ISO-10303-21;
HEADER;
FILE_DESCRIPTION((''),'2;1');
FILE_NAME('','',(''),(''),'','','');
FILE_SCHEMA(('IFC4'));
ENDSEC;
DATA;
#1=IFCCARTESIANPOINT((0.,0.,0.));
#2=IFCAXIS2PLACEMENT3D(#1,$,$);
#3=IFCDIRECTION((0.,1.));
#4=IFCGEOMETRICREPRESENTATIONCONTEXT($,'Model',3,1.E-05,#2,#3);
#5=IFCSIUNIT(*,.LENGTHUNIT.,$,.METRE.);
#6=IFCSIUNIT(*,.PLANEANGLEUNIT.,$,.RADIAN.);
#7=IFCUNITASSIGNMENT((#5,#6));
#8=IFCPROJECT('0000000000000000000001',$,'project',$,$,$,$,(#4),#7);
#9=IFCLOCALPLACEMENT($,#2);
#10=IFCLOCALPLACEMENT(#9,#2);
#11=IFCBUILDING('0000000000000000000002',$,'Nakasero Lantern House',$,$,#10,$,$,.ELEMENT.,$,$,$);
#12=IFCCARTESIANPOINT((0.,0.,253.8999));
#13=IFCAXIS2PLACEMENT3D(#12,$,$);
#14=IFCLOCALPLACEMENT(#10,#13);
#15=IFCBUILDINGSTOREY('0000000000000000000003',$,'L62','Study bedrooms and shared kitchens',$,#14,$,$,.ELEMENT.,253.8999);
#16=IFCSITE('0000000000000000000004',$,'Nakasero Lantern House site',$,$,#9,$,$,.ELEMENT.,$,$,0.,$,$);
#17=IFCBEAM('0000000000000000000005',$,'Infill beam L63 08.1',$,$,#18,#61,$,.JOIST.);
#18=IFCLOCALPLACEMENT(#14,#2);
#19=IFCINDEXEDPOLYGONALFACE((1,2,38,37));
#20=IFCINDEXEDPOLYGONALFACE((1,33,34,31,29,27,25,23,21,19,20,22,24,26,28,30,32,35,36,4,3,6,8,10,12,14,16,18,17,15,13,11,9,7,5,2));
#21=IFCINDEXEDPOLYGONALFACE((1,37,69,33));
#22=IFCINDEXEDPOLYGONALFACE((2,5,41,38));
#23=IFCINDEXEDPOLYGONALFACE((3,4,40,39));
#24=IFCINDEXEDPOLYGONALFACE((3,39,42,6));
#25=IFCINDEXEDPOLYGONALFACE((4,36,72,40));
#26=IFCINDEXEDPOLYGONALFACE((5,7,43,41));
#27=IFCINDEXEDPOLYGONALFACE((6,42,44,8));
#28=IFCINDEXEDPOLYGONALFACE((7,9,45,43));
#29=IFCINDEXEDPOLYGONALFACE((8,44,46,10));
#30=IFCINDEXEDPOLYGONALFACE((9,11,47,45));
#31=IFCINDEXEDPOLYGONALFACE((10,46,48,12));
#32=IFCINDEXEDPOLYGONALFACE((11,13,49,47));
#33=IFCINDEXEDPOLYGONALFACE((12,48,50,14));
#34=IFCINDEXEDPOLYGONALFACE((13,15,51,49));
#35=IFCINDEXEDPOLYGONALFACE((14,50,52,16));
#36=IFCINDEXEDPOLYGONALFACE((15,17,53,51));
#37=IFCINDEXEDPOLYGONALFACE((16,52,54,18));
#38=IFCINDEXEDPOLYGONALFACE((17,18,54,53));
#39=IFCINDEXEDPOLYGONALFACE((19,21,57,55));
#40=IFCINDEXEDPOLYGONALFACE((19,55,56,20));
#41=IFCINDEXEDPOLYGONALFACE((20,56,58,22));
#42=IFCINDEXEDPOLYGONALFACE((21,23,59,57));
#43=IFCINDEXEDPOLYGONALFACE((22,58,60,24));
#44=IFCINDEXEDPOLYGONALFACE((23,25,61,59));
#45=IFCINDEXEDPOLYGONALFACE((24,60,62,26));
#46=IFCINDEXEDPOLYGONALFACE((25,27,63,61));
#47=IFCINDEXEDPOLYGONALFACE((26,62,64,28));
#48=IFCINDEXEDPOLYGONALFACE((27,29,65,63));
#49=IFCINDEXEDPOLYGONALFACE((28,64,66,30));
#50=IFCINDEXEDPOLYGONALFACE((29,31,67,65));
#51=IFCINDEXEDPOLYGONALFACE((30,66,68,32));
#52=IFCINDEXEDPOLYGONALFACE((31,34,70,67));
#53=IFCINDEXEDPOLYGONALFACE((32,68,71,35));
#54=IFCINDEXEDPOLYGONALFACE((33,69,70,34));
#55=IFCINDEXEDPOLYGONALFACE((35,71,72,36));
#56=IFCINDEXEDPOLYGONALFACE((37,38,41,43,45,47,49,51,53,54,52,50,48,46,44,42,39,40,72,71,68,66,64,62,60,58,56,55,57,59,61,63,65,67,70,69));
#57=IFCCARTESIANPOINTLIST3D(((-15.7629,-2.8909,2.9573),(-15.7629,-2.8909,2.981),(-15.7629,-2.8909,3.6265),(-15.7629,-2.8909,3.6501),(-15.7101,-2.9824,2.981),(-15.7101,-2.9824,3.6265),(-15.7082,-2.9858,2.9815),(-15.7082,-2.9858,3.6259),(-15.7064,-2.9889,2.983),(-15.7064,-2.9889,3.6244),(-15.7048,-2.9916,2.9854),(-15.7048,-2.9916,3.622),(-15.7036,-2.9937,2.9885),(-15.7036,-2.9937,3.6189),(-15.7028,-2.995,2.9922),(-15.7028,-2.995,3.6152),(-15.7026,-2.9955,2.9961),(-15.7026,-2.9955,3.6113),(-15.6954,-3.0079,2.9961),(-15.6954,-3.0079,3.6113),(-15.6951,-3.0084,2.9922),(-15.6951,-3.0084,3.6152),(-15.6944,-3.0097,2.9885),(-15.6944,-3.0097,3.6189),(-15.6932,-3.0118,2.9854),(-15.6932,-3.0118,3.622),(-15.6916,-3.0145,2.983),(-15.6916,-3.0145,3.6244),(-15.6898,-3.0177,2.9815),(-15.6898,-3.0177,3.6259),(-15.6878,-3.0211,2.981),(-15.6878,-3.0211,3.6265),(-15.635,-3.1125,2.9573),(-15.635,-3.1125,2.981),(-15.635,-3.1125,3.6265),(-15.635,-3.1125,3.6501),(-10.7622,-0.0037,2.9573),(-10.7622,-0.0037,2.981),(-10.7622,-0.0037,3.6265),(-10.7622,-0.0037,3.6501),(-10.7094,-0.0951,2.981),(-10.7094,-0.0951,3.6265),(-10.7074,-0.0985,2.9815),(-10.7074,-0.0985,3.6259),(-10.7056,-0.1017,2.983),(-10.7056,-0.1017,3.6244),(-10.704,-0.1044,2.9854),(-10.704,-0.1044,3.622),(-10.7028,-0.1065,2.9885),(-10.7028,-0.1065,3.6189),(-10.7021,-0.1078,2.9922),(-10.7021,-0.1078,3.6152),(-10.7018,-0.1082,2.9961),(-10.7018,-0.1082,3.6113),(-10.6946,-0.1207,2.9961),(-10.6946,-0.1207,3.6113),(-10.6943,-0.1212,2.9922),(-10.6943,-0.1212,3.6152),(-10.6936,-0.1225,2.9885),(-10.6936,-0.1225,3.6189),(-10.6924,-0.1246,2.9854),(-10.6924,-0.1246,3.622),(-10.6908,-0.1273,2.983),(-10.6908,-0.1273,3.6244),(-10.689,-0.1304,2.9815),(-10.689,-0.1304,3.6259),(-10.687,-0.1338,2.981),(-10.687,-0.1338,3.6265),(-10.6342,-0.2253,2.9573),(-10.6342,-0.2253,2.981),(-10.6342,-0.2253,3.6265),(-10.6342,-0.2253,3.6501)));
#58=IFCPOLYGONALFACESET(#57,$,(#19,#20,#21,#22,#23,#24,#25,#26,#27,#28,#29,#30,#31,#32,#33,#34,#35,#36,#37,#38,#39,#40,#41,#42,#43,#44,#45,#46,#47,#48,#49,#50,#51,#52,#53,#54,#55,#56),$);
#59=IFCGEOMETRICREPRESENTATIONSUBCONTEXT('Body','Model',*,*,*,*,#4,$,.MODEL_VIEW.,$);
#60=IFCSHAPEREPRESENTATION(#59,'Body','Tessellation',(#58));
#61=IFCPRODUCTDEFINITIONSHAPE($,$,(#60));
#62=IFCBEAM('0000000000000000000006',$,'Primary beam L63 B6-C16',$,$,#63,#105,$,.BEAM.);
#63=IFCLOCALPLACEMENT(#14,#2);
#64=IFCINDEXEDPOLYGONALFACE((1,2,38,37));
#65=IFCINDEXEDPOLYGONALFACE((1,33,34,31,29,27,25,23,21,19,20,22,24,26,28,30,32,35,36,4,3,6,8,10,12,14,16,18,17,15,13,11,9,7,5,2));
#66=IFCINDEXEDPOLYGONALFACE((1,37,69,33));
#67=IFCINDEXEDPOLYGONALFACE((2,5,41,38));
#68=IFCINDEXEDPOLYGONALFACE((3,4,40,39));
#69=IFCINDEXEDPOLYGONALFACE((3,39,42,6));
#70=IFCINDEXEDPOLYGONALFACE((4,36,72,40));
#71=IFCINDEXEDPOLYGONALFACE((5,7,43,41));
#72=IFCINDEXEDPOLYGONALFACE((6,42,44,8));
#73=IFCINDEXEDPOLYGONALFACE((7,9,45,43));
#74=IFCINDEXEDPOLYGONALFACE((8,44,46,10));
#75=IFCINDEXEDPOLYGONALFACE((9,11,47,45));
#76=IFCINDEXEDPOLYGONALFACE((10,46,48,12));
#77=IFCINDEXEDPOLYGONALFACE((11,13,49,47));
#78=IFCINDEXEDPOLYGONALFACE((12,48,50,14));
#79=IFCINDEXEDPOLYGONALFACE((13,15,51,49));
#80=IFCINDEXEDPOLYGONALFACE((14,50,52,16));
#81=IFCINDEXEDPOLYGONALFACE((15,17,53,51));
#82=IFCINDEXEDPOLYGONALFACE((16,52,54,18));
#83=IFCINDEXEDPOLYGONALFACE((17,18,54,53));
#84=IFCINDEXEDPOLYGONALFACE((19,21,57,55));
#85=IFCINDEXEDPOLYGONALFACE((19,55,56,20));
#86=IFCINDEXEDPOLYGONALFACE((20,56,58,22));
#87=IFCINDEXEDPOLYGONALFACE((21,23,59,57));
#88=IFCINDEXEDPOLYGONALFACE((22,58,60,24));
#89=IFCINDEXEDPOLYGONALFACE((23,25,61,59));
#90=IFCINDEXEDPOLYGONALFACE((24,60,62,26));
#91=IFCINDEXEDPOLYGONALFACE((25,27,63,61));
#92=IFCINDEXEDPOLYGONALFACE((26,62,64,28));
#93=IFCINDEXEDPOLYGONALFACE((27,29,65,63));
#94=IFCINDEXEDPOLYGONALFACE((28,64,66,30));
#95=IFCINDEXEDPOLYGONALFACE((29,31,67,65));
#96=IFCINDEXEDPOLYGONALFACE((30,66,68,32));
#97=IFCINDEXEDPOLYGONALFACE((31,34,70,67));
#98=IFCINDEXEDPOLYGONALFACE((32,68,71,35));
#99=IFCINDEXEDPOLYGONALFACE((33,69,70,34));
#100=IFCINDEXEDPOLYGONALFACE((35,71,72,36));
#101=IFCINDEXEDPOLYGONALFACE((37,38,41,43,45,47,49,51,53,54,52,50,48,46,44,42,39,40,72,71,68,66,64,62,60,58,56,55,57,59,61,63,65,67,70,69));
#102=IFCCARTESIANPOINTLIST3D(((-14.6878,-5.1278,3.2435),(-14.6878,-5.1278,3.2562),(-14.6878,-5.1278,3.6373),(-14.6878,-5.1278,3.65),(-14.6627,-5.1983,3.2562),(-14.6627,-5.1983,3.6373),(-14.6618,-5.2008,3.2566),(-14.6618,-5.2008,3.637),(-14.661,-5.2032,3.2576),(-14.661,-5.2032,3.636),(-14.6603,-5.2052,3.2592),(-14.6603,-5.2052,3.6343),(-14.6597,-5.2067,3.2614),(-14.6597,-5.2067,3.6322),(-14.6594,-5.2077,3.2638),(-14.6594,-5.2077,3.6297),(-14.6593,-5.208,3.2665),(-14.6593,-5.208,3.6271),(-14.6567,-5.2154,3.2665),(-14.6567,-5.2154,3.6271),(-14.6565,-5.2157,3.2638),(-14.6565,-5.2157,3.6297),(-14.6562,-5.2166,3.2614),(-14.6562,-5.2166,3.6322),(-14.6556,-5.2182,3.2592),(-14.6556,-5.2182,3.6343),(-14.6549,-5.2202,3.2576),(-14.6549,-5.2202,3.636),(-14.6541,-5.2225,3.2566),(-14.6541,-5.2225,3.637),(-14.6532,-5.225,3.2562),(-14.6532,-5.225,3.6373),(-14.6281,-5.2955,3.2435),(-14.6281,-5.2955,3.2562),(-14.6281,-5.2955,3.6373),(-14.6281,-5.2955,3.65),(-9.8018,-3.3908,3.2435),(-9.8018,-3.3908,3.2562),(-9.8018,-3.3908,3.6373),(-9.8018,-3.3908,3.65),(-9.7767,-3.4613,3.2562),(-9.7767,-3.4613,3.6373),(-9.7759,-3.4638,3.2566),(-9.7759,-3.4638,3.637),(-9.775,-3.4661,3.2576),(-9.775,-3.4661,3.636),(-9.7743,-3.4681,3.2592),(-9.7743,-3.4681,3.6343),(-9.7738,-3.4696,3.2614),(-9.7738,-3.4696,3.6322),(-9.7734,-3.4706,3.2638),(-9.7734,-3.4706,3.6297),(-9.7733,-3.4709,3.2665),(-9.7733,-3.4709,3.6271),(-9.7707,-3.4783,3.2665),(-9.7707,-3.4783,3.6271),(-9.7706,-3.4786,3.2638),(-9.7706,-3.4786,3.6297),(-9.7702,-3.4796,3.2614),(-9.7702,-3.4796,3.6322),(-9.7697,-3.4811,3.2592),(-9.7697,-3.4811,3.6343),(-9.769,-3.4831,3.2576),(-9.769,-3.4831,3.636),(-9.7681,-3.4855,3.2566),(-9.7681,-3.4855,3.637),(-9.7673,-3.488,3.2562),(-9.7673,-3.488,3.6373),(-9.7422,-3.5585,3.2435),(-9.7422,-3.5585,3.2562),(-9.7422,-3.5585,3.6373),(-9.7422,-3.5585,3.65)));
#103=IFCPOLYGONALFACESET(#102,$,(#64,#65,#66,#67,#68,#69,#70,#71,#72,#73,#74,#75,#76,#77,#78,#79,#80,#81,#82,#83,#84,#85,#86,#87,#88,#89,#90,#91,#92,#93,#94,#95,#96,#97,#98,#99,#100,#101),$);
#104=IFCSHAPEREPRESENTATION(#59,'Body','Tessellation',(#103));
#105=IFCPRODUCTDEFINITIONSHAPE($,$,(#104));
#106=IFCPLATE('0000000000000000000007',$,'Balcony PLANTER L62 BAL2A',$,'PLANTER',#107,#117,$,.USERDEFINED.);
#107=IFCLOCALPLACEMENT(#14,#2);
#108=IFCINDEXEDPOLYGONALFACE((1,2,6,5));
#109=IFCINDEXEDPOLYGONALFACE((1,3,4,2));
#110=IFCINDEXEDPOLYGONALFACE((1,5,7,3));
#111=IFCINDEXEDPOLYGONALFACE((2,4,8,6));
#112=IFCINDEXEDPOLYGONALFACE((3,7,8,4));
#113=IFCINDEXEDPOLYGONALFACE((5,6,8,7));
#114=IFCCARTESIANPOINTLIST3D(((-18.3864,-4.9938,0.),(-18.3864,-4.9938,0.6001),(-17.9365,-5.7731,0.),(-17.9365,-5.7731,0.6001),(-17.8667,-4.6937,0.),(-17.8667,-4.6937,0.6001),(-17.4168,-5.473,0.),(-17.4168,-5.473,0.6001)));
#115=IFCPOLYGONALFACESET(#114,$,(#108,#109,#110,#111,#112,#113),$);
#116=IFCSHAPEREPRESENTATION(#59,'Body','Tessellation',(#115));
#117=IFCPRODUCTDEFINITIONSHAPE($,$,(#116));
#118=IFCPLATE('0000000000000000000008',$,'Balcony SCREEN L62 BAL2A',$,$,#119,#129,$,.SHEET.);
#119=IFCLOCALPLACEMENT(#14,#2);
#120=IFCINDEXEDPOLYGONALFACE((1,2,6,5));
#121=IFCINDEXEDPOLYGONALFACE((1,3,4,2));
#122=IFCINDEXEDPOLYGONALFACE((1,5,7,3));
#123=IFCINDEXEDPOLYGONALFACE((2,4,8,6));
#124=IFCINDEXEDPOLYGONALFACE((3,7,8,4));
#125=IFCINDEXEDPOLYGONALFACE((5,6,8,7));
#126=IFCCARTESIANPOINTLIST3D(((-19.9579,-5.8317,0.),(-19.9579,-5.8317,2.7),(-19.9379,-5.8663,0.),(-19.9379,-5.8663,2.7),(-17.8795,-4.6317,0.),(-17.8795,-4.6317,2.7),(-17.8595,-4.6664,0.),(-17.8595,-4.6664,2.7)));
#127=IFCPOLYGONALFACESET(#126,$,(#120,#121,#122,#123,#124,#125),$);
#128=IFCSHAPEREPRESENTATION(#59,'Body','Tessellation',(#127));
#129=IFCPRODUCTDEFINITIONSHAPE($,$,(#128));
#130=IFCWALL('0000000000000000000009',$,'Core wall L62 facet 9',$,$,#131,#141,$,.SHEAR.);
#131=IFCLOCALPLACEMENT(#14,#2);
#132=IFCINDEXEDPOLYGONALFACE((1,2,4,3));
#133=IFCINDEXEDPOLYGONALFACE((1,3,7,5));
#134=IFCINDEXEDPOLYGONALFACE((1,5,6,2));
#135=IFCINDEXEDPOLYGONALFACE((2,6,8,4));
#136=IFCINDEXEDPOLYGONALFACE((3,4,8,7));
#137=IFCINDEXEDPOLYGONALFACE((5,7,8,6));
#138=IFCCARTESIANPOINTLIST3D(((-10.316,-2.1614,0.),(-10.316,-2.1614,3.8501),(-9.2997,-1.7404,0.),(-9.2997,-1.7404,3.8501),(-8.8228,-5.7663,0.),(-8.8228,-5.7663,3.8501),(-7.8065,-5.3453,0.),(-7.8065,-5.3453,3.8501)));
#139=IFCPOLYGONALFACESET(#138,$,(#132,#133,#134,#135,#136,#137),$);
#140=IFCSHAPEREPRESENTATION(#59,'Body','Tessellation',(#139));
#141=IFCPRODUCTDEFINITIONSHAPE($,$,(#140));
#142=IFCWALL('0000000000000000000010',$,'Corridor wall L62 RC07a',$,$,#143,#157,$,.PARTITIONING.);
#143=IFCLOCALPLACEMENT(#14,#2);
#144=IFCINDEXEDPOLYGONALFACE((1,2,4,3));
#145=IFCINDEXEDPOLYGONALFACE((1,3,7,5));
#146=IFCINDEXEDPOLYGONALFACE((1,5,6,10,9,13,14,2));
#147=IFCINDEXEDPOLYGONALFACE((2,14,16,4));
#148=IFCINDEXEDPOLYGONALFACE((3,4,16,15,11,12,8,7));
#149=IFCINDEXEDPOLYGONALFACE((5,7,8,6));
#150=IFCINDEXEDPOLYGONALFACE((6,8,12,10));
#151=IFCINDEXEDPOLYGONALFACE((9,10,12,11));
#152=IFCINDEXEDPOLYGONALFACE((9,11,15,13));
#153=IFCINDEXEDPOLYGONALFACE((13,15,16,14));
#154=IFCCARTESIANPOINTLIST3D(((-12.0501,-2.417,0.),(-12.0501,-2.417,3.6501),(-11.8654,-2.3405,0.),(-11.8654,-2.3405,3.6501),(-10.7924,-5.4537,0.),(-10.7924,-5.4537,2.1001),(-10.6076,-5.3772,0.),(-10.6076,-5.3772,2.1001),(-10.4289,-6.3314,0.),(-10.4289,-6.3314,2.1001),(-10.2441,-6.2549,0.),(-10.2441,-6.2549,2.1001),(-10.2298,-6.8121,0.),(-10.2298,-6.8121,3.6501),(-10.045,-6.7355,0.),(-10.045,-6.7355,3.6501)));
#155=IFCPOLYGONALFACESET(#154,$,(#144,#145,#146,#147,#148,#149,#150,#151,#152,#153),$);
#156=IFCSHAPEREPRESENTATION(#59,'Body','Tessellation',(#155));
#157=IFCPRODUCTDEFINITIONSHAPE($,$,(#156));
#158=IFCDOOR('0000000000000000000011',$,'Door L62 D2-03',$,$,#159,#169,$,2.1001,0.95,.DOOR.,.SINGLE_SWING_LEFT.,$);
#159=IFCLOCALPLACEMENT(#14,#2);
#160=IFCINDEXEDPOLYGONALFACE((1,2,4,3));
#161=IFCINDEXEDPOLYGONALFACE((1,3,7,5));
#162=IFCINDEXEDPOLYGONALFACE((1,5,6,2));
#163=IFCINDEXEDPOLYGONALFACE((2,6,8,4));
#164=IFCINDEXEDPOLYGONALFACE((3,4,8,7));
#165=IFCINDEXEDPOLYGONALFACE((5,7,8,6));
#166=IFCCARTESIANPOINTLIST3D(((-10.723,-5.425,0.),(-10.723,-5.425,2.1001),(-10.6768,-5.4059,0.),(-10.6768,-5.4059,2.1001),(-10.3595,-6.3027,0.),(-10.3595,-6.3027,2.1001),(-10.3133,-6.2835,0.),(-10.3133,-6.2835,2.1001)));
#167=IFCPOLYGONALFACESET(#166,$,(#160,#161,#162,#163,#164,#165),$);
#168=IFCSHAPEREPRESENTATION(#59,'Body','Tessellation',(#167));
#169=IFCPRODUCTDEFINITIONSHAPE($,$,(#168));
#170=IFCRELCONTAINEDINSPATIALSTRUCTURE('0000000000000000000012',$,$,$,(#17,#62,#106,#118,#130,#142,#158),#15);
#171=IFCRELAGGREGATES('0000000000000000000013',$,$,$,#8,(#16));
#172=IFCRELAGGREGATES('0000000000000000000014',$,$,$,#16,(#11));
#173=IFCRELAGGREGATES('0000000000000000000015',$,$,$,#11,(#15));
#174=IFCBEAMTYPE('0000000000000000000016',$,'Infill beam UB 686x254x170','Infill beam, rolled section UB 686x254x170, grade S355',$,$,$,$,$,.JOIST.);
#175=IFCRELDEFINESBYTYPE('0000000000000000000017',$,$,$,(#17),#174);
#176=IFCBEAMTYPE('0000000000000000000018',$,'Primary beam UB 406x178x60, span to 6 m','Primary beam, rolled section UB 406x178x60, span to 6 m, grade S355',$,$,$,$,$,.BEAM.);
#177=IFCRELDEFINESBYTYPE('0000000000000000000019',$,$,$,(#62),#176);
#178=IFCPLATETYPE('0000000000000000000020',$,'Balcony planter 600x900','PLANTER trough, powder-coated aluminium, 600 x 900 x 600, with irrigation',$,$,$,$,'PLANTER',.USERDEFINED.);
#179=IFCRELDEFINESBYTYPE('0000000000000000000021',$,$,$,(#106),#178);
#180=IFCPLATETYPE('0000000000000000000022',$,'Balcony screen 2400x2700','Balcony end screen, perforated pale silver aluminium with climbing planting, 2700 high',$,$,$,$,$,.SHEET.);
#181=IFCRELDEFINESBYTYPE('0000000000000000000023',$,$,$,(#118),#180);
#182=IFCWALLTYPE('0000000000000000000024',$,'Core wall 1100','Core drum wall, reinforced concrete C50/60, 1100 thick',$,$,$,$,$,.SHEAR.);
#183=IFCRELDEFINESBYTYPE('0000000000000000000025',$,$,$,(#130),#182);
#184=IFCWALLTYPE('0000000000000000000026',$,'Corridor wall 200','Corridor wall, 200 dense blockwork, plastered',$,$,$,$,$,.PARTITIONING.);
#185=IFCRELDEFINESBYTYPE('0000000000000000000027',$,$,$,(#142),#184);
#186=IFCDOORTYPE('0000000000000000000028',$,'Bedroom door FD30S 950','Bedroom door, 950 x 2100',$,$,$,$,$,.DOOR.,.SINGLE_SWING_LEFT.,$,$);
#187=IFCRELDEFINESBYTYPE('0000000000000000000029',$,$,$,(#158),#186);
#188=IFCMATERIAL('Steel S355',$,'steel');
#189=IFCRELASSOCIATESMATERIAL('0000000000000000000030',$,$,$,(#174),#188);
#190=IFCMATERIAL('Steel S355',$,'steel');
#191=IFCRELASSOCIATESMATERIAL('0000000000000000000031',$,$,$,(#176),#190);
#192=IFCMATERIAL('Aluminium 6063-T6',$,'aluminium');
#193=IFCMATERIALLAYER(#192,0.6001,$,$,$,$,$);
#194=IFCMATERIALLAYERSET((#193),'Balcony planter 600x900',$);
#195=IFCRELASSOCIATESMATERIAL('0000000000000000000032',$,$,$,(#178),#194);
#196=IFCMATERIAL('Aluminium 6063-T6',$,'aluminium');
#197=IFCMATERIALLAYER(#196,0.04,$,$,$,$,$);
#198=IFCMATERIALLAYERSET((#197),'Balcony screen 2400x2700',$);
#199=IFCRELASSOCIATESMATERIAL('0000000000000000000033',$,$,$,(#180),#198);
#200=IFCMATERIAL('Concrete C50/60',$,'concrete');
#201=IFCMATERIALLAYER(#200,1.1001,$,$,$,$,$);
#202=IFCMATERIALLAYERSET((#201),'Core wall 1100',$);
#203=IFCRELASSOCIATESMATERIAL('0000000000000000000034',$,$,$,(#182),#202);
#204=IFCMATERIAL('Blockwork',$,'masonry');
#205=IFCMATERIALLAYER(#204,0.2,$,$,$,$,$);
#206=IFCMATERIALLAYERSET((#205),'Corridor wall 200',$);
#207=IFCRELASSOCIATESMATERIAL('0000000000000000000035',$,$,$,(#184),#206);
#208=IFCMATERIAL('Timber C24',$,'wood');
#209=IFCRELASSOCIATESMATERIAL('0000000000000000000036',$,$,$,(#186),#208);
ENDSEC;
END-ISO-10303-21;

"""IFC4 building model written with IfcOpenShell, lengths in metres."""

from ifc_helpers import new_model, si_unit, direction, frame, frame_2d, origin, origin_2d, place, context, subcontext, project, spatial, rectangle, i_section, extrude, material, layer, layer_set, material_profile, profile_set, type_object, element, fill, save


model = new_model("IFC4")

# Units and contexts
model_context = context("Model", 3, precision=1e-05, world=origin(), true_north=direction((0.0, 1.0)))
body_context = subcontext(model_context, "Body", "Model", "MODEL_VIEW")
ifc_project = project(units=[si_unit("LENGTHUNIT", "METRE"), si_unit("PLANEANGLEUNIT", "RADIAN")], contexts=[model_context])

# Site, building, storey
site_placement = place(None, origin())
site = spatial("IfcSite", under=ifc_project, at=site_placement, Name="Nakasero Lantern House site", CompositionType="ELEMENT", RefElevation=0.0)
building_placement = place(site_placement, origin())
building = spatial("IfcBuilding", under=site, at=building_placement, Name="Nakasero Lantern House", CompositionType="ELEMENT")
storey_placement = place(building_placement, frame((0.0, 0.0, 253.8999)))
storey = spatial("IfcBuildingStorey", under=building, at=storey_placement, Name="L62", Description="Study bedrooms and shared kitchens", CompositionType="ELEMENT", Elevation=253.8999)

# Beams
ifc_material_1 = material(Name="Steel S355", Category="steel")
ifc_material_profile_1 = material_profile(ifc_material_1, i_section(OverallWidth=0.2559, OverallDepth=0.6929, WebThickness=0.0144, FlangeThickness=0.0237, FilletRadius=0.0151, at=origin_2d()), Name="UB 686x254x170")
ifc_profile_set_1 = profile_set([ifc_material_profile_1], Name="Steel S355")
beam_type_1 = type_object("IfcBeamType", Name="Infill beam UB 686x254x170", Description="Infill beam, rolled section UB 686x254x170, grade S355", PredefinedType="JOIST", material=ifc_profile_set_1)
beam_1_placement = place(storey_placement, frame((-15.699, -3.0017, 3.3037), z_axis=(0.866023, 0.500004, 0.0), x_axis=(-0.500004, 0.866023, 0.0)))
element("IfcBeam", 1, at=beam_1_placement, inside=storey, type_object=beam_type_1, Name="Infill beam L63 08.1", PredefinedType="JOIST", context=body_context, shape_type="SweptSolid", body=[
    extrude(i_section(OverallWidth=0.2559, OverallDepth=0.6929, WebThickness=0.0144, FlangeThickness=0.0237, FilletRadius=0.0151, at=origin_2d()), origin(), (0.0, 0.0, 1.0), 5.7744),
])
ifc_material_2 = material(Name="Steel S355", Category="steel")
ifc_material_profile_2 = material_profile(ifc_material_2, i_section(OverallWidth=0.178, OverallDepth=0.4065, WebThickness=0.0078, FlangeThickness=0.0127, FilletRadius=0.0103, at=origin_2d()), Name="UB 406x178x60")
ifc_profile_set_2 = profile_set([ifc_material_profile_2], Name="Steel S355")
beam_type_2 = type_object("IfcBeamType", Name="Primary beam UB 406x178x60, span to 6 m", Description="Primary beam, rolled section UB 406x178x60, span to 6 m, grade S355", PredefinedType="BEAM", material=ifc_profile_set_2)
beam_2_placement = place(storey_placement, frame((-14.658, -5.2117, 3.4468), z_axis=(0.942226, 0.334979, 0.0), x_axis=(-0.334979, 0.942226, 0.0)))
element("IfcBeam", 2, at=beam_2_placement, inside=storey, type_object=beam_type_2, Name="Primary beam L63 B6-C16", PredefinedType="BEAM", context=body_context, shape_type="SweptSolid", body=[
    extrude(i_section(OverallWidth=0.178, OverallDepth=0.4065, WebThickness=0.0078, FlangeThickness=0.0127, FilletRadius=0.0103, at=origin_2d()), origin(), (0.0, 0.0, 1.0), 5.1855),
])

# Plates
ifc_material_3 = material(Name="Aluminium 6063-T6", Category="aluminium")
ifc_layer_1 = layer(ifc_material_3, 0.6001)
ifc_layer_set_1 = layer_set([ifc_layer_1], Name="Balcony planter 600x900")
plate_type_1 = type_object("IfcPlateType", Name="Balcony planter 600x900", Description="PLANTER trough, powder-coated aluminium, 600 x 900 x 600, with irrigation", ElementType="PLANTER", PredefinedType="USERDEFINED", material=ifc_layer_set_1)
plate_1_placement = place(storey_placement, frame((-17.9016, -5.2334, 0.0), z_axis=(0.0, 0.0, 1.0), x_axis=(-0.866025, -0.5, 0.0)))
element("IfcPlate", 3, at=plate_1_placement, inside=storey, type_object=plate_type_1, Name="Balcony PLANTER L62 BAL2A", ObjectType="PLANTER", PredefinedType="USERDEFINED", context=body_context, shape_type="SweptSolid", body=[
    extrude(rectangle(XDim=0.6001, YDim=0.8999, at=origin_2d()), origin(), (0.0, 0.0, 1.0), 0.6001),
])
ifc_material_4 = material(Name="Aluminium 6063-T6", Category="aluminium")
ifc_layer_2 = layer(ifc_material_4, 0.04)
ifc_layer_set_2 = layer_set([ifc_layer_2], Name="Balcony screen 2400x2700")
plate_type_2 = type_object("IfcPlateType", Name="Balcony screen 2400x2700", Description="Balcony end screen, perforated pale silver aluminium with climbing planting, 2700 high", PredefinedType="SHEET", material=ifc_layer_set_2)
plate_2_placement = place(storey_placement, frame((-18.9087, -5.249, 0.0), z_axis=(0.0, 0.0, 1.0), x_axis=(-0.866025, -0.5, 0.0)))
element("IfcPlate", 4, at=plate_2_placement, inside=storey, type_object=plate_type_2, Name="Balcony SCREEN L62 BAL2A", PredefinedType="SHEET", context=body_context, shape_type="SweptSolid", body=[
    extrude(rectangle(XDim=2.3999, YDim=0.04, at=origin_2d()), origin(), (0.0, 0.0, 1.0), 2.7),
])

# Wall
ifc_material_5 = material(Name="Concrete C50/60", Category="concrete")
ifc_layer_3 = layer(ifc_material_5, 1.1001)
ifc_layer_set_3 = layer_set([ifc_layer_3], Name="Core wall 1100")
wall_type_1 = type_object("IfcWallType", Name="Core wall 1100", Description="Core drum wall, reinforced concrete C50/60, 1100 thick", PredefinedType="SHEAR", material=ifc_layer_set_3)
wall_1_placement = place(storey_placement, frame((-9.8079, -1.9509, 0.0), z_axis=(0.0, 0.0, 1.0), x_axis=(0.382691, -0.923877, 0.0)))
element("IfcWall", 5, at=wall_1_placement, inside=storey, type_object=wall_type_1, Name="Core wall L62 facet 9", PredefinedType="SHEAR", context=body_context, shape_type="SweptSolid", body=[
    extrude(rectangle(XDim=3.9019, YDim=1.1001, at=frame_2d((1.9509, 0.0))), origin(), (0.0, 0.0, 1.0), 3.8501),
])

# Wall, opening, door
ifc_material_6 = material(Name="Blockwork", Category="masonry")
ifc_layer_4 = layer(ifc_material_6, 0.2)
ifc_layer_set_4 = layer_set([ifc_layer_4], Name="Corridor wall 200")
wall_type_2 = type_object("IfcWallType", Name="Corridor wall 200", Description="Corridor wall, 200 dense blockwork, plastered", PredefinedType="PARTITIONING", material=ifc_layer_set_4)
wall_2_placement = place(storey_placement, frame((-10.1375, -6.7737, 0.0), z_axis=(0.0, 0.0, 1.0), x_axis=(-0.382654, 0.923892, 0.0)))
wall_2 = element("IfcWall", 6, at=wall_2_placement, inside=storey, type_object=wall_type_2, Name="Corridor wall L62 RC07a", PredefinedType="PARTITIONING", context=body_context, shape_type="SweptSolid", body=[
    extrude(rectangle(XDim=4.7571, YDim=0.2, at=frame_2d((2.3784, 0.0))), origin(), (0.0, 0.0, 1.0), 3.6501),
])
opening_1_placement = place(wall_2_placement, frame((0.52, 0.0, 0.0)))
opening_1 = element("IfcOpeningElement", 7, at=opening_1_placement, cuts=wall_2, PredefinedType="OPENING", context=body_context, shape_type="SweptSolid", body=[
    extrude(rectangle(XDim=0.95, YDim=2.1001, at=frame_2d((0.4751, 1.05))), frame((0.0, 0.1199, 0.0), z_axis=(0.0, -1.0, 0.0), x_axis=(1.0, 0.0, 0.0)), (0.0, 0.0, 1.0), 0.24),
])
ifc_material_7 = material(Name="Timber C24", Category="wood")
door_type_1 = type_object("IfcDoorType", Name="Bedroom door FD30S 950", Description="Bedroom door, 950 x 2100", OperationType="SINGLE_SWING_LEFT", PredefinedType="DOOR", material=ifc_material_7)
door_1_placement = place(opening_1_placement, origin())
door_1 = element("IfcDoor", 8, at=door_1_placement, inside=storey, type_object=door_type_1, Name="Door L62 D2-03", OperationType="SINGLE_SWING_LEFT", OverallHeight=2.1001, OverallWidth=0.95, PredefinedType="DOOR", context=body_context, shape_type="SweptSolid", body=[
    extrude(rectangle(XDim=0.95, YDim=2.1001, at=frame_2d((0.4751, 1.05))), frame((0.0, 0.0249, 0.0), z_axis=(0.0, -1.0, 0.0), x_axis=(1.0, 0.0, 0.0)), (0.0, 0.0, 1.0), 0.05),
])
fill(opening_1, door_1)

save(model, "model.ifc")
